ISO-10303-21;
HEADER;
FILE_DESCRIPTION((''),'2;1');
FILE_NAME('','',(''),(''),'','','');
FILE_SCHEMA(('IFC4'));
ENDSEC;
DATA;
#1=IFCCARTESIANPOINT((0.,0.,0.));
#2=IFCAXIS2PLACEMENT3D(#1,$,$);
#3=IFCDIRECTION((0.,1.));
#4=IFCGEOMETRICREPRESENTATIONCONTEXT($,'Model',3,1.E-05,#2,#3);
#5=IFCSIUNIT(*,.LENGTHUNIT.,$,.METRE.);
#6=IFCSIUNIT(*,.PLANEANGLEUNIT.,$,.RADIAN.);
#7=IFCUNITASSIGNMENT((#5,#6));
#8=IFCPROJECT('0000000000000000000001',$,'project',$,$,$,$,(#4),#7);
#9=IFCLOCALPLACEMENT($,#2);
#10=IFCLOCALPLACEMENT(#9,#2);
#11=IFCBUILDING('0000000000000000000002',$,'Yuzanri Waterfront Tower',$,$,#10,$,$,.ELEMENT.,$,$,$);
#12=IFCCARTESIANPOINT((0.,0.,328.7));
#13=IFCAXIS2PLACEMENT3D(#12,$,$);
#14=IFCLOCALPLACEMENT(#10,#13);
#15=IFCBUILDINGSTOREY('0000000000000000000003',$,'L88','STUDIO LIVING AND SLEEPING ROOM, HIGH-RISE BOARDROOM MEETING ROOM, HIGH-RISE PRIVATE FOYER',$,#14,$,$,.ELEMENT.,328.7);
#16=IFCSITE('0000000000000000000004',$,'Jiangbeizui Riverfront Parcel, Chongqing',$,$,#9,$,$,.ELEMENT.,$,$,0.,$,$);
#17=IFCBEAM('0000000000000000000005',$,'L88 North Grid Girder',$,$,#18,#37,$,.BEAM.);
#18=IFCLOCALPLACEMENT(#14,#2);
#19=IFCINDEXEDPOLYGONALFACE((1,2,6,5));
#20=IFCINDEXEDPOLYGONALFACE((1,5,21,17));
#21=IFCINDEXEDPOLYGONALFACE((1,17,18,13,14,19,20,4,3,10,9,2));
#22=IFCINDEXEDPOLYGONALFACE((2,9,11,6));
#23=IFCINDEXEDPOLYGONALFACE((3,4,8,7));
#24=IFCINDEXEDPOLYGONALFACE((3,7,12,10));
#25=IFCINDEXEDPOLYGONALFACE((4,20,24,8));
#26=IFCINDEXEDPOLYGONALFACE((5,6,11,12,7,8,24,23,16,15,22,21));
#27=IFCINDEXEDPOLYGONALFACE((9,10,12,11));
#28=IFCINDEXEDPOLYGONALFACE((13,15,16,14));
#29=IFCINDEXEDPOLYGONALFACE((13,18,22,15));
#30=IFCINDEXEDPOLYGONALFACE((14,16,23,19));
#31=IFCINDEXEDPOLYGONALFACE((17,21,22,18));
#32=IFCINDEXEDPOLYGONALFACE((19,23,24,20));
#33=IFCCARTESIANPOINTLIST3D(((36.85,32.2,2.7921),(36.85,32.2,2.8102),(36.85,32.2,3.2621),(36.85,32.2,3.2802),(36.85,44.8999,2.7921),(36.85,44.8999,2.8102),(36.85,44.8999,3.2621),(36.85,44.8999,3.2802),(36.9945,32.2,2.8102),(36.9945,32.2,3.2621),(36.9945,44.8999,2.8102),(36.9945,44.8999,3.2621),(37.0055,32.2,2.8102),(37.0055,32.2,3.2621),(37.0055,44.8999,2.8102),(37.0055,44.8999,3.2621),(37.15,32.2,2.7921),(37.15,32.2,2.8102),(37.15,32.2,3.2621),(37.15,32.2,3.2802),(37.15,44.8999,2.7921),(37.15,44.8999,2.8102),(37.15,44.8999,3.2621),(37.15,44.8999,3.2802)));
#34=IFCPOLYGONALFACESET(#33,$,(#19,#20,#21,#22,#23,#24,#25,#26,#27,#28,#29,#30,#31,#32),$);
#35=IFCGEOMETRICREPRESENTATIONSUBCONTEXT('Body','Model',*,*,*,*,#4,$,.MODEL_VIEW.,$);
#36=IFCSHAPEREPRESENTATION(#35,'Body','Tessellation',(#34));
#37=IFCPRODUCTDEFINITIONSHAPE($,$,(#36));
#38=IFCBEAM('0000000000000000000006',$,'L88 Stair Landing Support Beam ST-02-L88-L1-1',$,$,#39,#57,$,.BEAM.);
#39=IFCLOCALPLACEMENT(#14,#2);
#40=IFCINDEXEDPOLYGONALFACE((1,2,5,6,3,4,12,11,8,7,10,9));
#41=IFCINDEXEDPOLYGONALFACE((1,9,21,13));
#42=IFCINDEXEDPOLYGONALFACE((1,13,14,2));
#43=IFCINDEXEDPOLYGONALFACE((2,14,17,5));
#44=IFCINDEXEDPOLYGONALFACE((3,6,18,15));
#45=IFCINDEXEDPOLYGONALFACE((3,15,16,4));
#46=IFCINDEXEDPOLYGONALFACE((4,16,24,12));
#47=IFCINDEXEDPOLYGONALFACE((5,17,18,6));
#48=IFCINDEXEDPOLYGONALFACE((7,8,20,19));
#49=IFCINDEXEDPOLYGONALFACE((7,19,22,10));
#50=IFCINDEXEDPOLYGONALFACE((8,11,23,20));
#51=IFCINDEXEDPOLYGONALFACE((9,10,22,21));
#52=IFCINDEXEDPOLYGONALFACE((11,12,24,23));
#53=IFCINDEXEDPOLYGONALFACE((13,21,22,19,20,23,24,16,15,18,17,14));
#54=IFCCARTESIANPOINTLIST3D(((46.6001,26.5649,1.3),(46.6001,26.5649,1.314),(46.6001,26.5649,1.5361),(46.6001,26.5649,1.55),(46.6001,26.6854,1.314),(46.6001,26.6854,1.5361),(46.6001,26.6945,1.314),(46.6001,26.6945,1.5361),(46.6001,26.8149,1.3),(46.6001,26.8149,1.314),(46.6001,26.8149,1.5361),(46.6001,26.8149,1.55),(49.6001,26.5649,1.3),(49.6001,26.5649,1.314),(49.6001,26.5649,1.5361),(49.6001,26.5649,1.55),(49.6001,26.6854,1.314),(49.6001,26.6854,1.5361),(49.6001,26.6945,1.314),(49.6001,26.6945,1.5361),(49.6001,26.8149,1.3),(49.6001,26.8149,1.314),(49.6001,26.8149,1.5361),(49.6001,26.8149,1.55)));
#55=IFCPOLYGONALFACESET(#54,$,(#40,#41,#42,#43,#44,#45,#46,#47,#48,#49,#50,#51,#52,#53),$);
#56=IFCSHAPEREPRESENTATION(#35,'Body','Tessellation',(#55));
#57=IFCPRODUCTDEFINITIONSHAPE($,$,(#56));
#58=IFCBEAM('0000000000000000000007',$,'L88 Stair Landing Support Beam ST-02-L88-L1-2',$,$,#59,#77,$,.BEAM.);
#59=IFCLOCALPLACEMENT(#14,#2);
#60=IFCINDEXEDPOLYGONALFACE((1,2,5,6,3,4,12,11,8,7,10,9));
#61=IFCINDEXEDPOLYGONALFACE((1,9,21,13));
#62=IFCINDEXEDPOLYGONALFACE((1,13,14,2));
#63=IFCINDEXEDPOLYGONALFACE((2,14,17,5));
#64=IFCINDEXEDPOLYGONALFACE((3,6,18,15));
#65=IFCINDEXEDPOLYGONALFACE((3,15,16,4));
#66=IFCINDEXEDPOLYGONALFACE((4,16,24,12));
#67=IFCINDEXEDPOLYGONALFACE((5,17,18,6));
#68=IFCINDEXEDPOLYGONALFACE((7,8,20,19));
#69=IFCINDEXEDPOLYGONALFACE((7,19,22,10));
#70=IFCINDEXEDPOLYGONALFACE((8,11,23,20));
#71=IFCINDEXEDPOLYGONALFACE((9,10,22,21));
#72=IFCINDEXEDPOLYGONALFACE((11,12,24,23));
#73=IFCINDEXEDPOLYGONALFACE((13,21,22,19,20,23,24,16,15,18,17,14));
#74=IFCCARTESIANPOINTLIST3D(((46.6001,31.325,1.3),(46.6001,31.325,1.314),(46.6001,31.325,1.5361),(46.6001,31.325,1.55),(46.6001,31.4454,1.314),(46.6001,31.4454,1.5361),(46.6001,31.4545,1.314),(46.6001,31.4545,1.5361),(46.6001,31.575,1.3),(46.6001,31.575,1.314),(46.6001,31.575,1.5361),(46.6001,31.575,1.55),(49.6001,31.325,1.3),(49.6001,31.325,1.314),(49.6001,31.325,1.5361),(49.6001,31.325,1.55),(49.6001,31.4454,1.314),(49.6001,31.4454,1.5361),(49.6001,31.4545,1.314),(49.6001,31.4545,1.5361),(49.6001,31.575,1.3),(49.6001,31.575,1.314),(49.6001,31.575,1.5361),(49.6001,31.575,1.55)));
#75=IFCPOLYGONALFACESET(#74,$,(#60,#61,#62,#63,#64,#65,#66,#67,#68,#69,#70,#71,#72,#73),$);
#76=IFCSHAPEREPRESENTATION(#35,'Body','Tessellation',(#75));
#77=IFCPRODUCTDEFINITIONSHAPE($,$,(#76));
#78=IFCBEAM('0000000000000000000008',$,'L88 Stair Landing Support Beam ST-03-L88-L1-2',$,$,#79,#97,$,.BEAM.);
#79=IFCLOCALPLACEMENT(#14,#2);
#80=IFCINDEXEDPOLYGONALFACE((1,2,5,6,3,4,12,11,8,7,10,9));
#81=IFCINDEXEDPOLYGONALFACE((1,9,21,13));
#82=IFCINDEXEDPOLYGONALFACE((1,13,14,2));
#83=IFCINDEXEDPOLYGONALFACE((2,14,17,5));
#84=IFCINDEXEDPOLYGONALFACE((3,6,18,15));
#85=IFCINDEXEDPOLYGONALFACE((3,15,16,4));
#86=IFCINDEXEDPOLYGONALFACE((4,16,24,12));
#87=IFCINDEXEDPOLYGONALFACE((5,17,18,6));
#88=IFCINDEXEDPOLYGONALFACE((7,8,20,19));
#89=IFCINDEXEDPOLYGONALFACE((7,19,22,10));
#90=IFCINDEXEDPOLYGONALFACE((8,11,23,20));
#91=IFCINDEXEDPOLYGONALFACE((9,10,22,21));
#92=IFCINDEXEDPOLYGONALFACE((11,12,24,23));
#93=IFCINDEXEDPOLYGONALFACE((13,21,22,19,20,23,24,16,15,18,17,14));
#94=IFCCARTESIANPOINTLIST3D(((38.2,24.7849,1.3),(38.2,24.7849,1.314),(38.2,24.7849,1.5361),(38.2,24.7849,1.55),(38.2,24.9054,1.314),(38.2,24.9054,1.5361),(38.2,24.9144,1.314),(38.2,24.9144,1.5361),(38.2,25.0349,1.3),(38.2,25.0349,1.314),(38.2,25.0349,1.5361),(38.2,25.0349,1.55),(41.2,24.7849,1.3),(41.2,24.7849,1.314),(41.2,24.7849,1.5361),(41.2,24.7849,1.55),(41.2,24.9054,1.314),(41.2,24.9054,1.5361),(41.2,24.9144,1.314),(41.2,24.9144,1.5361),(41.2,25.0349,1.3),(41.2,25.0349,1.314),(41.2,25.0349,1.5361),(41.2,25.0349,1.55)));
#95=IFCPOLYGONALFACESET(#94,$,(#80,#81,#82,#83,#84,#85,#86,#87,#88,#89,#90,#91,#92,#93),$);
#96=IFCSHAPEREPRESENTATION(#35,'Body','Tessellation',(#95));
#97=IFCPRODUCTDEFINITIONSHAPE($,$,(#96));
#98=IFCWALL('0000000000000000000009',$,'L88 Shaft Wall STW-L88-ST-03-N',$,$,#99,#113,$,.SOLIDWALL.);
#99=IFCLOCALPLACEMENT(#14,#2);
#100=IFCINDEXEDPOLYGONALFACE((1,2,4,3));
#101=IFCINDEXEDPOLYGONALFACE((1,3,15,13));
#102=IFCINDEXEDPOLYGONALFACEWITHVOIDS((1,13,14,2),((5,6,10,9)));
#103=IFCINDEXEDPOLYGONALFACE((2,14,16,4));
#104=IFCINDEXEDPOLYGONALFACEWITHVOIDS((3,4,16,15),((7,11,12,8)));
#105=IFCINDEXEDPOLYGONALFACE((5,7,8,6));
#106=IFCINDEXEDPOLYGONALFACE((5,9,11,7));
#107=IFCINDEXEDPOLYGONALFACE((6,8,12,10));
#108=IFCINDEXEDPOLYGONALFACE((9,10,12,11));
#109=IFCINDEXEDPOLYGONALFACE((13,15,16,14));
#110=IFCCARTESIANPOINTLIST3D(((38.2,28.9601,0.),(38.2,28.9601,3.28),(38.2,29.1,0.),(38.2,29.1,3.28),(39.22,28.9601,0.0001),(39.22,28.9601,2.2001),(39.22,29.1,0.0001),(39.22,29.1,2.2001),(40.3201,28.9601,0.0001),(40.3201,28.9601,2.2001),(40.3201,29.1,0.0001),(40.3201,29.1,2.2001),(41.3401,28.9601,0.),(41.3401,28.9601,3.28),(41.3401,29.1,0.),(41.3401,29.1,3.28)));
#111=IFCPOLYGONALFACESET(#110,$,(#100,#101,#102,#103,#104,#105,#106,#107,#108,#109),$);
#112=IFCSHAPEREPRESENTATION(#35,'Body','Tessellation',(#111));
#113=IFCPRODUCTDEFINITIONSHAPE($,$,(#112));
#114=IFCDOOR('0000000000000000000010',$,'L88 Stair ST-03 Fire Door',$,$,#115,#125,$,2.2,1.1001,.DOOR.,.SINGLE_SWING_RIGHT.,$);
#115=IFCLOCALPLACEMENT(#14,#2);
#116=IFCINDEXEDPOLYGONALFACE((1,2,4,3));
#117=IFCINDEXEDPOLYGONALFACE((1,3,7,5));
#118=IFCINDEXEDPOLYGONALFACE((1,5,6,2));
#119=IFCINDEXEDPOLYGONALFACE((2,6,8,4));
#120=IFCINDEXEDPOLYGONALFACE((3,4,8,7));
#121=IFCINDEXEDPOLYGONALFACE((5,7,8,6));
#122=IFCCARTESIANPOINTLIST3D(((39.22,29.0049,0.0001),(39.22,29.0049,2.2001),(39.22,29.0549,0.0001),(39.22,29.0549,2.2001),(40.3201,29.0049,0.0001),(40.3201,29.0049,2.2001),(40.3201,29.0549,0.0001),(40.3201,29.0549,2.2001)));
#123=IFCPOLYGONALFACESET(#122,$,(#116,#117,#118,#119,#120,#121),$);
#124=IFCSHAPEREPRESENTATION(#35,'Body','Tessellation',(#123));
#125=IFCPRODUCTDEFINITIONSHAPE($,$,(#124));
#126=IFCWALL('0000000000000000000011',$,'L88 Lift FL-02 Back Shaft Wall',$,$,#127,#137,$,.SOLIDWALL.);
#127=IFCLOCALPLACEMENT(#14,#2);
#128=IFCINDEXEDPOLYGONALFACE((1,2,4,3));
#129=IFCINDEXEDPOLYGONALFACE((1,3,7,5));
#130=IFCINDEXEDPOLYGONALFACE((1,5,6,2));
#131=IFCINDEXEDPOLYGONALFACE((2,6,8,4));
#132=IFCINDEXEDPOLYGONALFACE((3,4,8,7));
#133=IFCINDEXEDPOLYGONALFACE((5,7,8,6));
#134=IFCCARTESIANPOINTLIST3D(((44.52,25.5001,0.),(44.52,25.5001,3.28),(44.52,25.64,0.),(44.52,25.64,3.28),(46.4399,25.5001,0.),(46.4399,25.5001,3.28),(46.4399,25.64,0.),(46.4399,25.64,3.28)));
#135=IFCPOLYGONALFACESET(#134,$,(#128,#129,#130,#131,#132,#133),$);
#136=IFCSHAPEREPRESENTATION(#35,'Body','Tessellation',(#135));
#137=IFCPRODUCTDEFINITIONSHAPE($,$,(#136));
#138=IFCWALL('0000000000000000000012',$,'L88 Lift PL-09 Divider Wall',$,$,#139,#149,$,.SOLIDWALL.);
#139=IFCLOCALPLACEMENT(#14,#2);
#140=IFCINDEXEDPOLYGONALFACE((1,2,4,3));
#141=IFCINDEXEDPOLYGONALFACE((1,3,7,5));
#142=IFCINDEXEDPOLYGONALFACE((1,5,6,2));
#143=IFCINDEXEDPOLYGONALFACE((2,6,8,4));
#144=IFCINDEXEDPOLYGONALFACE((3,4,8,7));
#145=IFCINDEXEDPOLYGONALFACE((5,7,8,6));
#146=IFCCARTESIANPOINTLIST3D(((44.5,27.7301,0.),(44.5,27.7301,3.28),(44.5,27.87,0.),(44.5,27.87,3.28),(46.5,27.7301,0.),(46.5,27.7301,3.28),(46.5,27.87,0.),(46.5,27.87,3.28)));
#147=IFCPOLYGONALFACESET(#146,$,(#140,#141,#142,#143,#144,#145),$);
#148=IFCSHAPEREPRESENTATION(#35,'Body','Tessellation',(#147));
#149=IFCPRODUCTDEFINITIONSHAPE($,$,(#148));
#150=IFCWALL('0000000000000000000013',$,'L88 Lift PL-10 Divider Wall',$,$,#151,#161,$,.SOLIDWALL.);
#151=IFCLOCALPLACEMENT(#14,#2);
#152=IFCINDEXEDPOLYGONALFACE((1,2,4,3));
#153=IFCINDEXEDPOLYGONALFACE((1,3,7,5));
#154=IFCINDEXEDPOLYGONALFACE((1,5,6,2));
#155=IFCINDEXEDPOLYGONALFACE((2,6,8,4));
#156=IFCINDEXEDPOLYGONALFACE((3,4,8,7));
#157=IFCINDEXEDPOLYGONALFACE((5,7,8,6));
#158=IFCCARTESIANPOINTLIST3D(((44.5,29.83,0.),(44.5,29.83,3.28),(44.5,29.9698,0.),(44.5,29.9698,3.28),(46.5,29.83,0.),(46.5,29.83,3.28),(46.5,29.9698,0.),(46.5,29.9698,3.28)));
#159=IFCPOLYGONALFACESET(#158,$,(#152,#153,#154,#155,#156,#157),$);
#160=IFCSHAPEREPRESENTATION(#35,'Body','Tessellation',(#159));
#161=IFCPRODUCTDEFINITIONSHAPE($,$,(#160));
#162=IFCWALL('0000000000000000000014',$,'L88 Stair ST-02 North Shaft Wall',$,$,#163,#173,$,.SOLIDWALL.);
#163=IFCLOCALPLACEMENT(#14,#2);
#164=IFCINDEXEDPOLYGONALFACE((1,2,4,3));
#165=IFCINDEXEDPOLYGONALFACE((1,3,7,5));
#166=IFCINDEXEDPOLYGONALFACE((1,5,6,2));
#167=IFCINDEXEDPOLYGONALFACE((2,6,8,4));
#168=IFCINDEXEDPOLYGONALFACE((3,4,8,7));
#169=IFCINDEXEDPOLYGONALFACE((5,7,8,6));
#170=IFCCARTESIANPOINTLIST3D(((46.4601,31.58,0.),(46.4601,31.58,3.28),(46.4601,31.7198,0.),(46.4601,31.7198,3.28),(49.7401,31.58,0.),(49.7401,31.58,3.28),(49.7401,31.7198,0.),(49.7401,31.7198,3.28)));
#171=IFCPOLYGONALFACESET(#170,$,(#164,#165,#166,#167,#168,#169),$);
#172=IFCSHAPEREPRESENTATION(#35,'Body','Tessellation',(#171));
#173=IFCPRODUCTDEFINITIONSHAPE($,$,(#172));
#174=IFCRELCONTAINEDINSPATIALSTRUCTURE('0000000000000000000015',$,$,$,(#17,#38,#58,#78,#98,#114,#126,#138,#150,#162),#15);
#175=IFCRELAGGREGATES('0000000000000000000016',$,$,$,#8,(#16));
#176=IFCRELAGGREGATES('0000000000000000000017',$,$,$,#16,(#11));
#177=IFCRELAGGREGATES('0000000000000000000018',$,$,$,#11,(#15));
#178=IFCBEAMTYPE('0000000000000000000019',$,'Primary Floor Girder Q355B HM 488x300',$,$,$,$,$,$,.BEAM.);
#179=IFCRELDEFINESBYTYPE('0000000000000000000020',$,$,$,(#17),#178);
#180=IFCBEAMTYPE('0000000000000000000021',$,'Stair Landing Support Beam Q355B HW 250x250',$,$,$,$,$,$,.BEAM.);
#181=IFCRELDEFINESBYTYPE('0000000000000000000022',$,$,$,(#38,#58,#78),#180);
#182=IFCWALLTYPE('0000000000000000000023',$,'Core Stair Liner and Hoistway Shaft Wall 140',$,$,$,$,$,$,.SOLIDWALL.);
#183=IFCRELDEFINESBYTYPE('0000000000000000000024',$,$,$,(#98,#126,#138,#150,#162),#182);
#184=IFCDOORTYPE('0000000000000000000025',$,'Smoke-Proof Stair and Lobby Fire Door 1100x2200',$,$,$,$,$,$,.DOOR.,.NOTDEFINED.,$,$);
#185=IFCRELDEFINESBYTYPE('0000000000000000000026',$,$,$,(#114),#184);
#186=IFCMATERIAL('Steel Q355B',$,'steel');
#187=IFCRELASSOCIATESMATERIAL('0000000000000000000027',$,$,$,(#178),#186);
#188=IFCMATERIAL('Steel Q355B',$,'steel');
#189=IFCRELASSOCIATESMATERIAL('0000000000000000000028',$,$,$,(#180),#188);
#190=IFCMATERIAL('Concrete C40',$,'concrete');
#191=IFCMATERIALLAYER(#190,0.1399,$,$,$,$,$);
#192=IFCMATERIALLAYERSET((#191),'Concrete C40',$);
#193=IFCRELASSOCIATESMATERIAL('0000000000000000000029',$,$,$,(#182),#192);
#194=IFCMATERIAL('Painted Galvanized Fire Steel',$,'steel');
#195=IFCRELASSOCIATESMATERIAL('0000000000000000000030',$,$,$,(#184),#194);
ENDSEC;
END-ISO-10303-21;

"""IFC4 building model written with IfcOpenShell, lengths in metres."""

from ifc_helpers import new_model, si_unit, direction, frame, frame_2d, origin, origin_2d, place, context, subcontext, project, spatial, rectangle, i_section, extrude, source, transform, mapped, material, layer, layer_set, material_profile, profile_set, type_object, element, fill, save


model = new_model("IFC4")

# Units and contexts
model_context = context("Model", 3, precision=1e-05, world=origin(), true_north=direction((0.0, 1.0)))
body_context = subcontext(model_context, "Body", "Model", "MODEL_VIEW")
ifc_project = project(units=[si_unit("LENGTHUNIT", "METRE"), si_unit("PLANEANGLEUNIT", "RADIAN")], contexts=[model_context])

# Site, building, storey
site_placement = place(None, origin())
site = spatial("IfcSite", under=ifc_project, at=site_placement, Name="Jiangbeizui Riverfront Parcel, Chongqing", CompositionType="ELEMENT", RefElevation=0.0)
building_placement = place(site_placement, origin())
building = spatial("IfcBuilding", under=site, at=building_placement, Name="Yuzanri Waterfront Tower", CompositionType="ELEMENT")
storey_placement = place(building_placement, frame((0.0, 0.0, 328.7)))
storey = spatial("IfcBuildingStorey", under=building, at=storey_placement, Name="L88", Description="STUDIO LIVING AND SLEEPING ROOM, HIGH-RISE BOARDROOM MEETING ROOM, HIGH-RISE PRIVATE FOYER", CompositionType="ELEMENT", Elevation=328.7)

# Beams
ifc_material_1 = material(Name="Steel Q355B", Category="steel")
ifc_material_profile_1 = material_profile(ifc_material_1, i_section(OverallWidth=0.3, OverallDepth=0.488, WebThickness=0.011, FlangeThickness=0.0181, at=origin_2d()), Name="HM 488x300x11x18")
ifc_profile_set_1 = profile_set([ifc_material_profile_1], Name="Steel Q355B")
beam_type_1 = type_object("IfcBeamType", Name="Primary Floor Girder Q355B HM 488x300", PredefinedType="BEAM", material=ifc_profile_set_1)
shared_shape_1 = source(origin(), body_context, "Body", "SweptSolid", [
    extrude(i_section(OverallWidth=0.3, OverallDepth=0.488, WebThickness=0.011, FlangeThickness=0.0181, at=origin_2d()), origin(), (0.0, 0.0, 1.0), 12.7),
])
beam_placement = place(storey_placement, frame((37.0, 32.2, 3.0361), z_axis=(0.0, 1.0, 0.0), x_axis=(-1.0, 0.0, 0.0)))
element("IfcBeam", 1, at=beam_placement, inside=storey, type_object=beam_type_1, Name="L88 North Grid Girder", PredefinedType="BEAM", context=body_context, shape_type="MappedRepresentation", body=[
    mapped(shared_shape_1, transform((0.0, 0.0, 0.0), scale=1.0)),
])
ifc_material_2 = material(Name="Steel Q355B", Category="steel")
ifc_material_profile_2 = material_profile(ifc_material_2, i_section(OverallWidth=0.25, OverallDepth=0.25, WebThickness=0.009, FlangeThickness=0.0139, at=origin_2d()), Name="HW 250x250x9x14")
ifc_profile_set_2 = profile_set([ifc_material_profile_2], Name="Steel Q355B")
beam_type_2 = type_object("IfcBeamType", Name="Stair Landing Support Beam Q355B HW 250x250", PredefinedType="BEAM", material=ifc_profile_set_2)
shared_shape_2 = source(origin(), body_context, "Body", "SweptSolid", [
    extrude(i_section(OverallWidth=0.25, OverallDepth=0.25, WebThickness=0.009, FlangeThickness=0.0139, at=origin_2d()), origin(), (0.0, 0.0, 1.0), 3.0),
])
for number, where, z_axis, x_axis, name in (
    (2, (46.6001, 26.6899, 1.425), (1.0, 0.0, 0.0), (0.0, 1.0, 0.0), "L88 Stair Landing Support Beam ST-02-L88-L1-1"),
    (3, (46.6001, 31.45, 1.425), (1.0, 0.0, 0.0), (0.0, 1.0, 0.0), "L88 Stair Landing Support Beam ST-02-L88-L1-2"),
    (4, (38.2, 24.9099, 1.425), (1.0, 0.0, 0.0), (0.0, 1.0, 0.0), "L88 Stair Landing Support Beam ST-03-L88-L1-2"),
):
    element("IfcBeam", number, at=place(storey_placement, frame(where, z_axis=z_axis, x_axis=x_axis)), inside=storey, type_object=beam_type_2, Name=name, PredefinedType="BEAM", context=body_context, shape_type="MappedRepresentation", body=[
        mapped(shared_shape_2, transform((0.0, 0.0, 0.0), scale=1.0)),
    ])

# Wall, opening, door
ifc_material_3 = material(Name="Concrete C40", Category="concrete")
ifc_layer_1 = layer(ifc_material_3, 0.1399)
ifc_layer_set_1 = layer_set([ifc_layer_1], Name="Concrete C40")
wall_type_1 = type_object("IfcWallType", Name="Core Stair Liner and Hoistway Shaft Wall 140", PredefinedType="SOLIDWALL", material=ifc_layer_set_1)
wall_1_placement = place(storey_placement, frame((38.2, 29.03, 0.0), z_axis=(0.0, 0.0, 1.0), x_axis=(1.0, 0.0, 0.0)))
wall_1 = element("IfcWall", 5, at=wall_1_placement, inside=storey, type_object=wall_type_1, Name="L88 Shaft Wall STW-L88-ST-03-N", PredefinedType="SOLIDWALL", context=body_context, shape_type="SweptSolid", body=[
    extrude(rectangle(XDim=3.1401, YDim=0.1399, at=frame_2d((1.5701, 0.0))), origin(), (0.0, 0.0, 1.0), 3.28),
])
opening_placement = place(wall_1_placement, frame((1.02, 0.0, 0.0)))
opening = element("IfcOpeningElement", 6, at=opening_placement, cuts=wall_1, PredefinedType="OPENING", context=body_context, shape_type="SweptSolid", body=[
    extrude(rectangle(XDim=1.1001, YDim=2.2, at=frame_2d((0.55, 1.1001))), frame((0.0, 0.085, 0.0), z_axis=(0.0, -1.0, 0.0), x_axis=(1.0, 0.0, 0.0)), (0.0, 0.0, 1.0), 0.1697),
])
ifc_material_4 = material(Name="Painted Galvanized Fire Steel", Category="steel")
door_type = type_object("IfcDoorType", Name="Smoke-Proof Stair and Lobby Fire Door 1100x2200", OperationType="NOTDEFINED", PredefinedType="DOOR", material=ifc_material_4)
shared_shape_3 = source(origin(), body_context, "Body", "SweptSolid", [
    extrude(rectangle(XDim=1.1001, YDim=2.2, at=frame_2d((0.55, 1.1001))), frame((0.0, 0.0249, 0.0), z_axis=(0.0, -1.0, 0.0), x_axis=(1.0, 0.0, 0.0)), (0.0, 0.0, 1.0), 0.05),
])
door_placement = place(opening_placement, origin())
door = element("IfcDoor", 7, at=door_placement, inside=storey, type_object=door_type, Name="L88 Stair ST-03 Fire Door", OperationType="SINGLE_SWING_RIGHT", OverallHeight=2.2, OverallWidth=1.1001, PredefinedType="DOOR", context=body_context, shape_type="MappedRepresentation", body=[
    mapped(shared_shape_3, transform((0.0, 0.0, 0.0), scale=1.0)),
])
fill(opening, door)

# Walls
shared_shape_4 = source(origin(), body_context, "Body", "SweptSolid", [
    extrude(rectangle(XDim=1.9199, YDim=0.1399, at=frame_2d((0.96, 0.0))), origin(), (0.0, 0.0, 1.0), 3.28),
])
wall_2_placement = place(storey_placement, frame((44.52, 25.5701, 0.0), z_axis=(0.0, 0.0, 1.0), x_axis=(1.0, 0.0, 0.0)))
element("IfcWall", 8, at=wall_2_placement, inside=storey, type_object=wall_type_1, Name="L88 Lift FL-02 Back Shaft Wall", PredefinedType="SOLIDWALL", context=body_context, shape_type="MappedRepresentation", body=[
    mapped(shared_shape_4, transform((0.0, 0.0, 0.0), scale=1.0)),
])
shared_shape_5 = source(origin(), body_context, "Body", "SweptSolid", [
    extrude(rectangle(XDim=2.0, YDim=0.1399, at=frame_2d((1.0, 0.0))), origin(), (0.0, 0.0, 1.0), 3.28),
])
for number, where, z_axis, x_axis, name in (
    (9, (44.5, 27.8, 0.0), (0.0, 0.0, 1.0), (1.0, 0.0, 0.0), "L88 Lift PL-09 Divider Wall"),
    (10, (44.5, 29.8999, 0.0), (0.0, 0.0, 1.0), (1.0, 0.0, 0.0), "L88 Lift PL-10 Divider Wall"),
):
    element("IfcWall", number, at=place(storey_placement, frame(where, z_axis=z_axis, x_axis=x_axis)), inside=storey, type_object=wall_type_1, Name=name, PredefinedType="SOLIDWALL", context=body_context, shape_type="MappedRepresentation", body=[
        mapped(shared_shape_5, transform((0.0, 0.0, 0.0), scale=1.0)),
    ])
shared_shape_6 = source(origin(), body_context, "Body", "SweptSolid", [
    extrude(rectangle(XDim=3.28, YDim=0.1399, at=frame_2d((1.6401, 0.0))), origin(), (0.0, 0.0, 1.0), 3.28),
])
wall_3_placement = place(storey_placement, frame((46.46, 31.6499, 0.0), z_axis=(0.0, 0.0, 1.0), x_axis=(1.0, 0.0, 0.0)))
element("IfcWall", 11, at=wall_3_placement, inside=storey, type_object=wall_type_1, Name="L88 Stair ST-02 North Shaft Wall", PredefinedType="SOLIDWALL", context=body_context, shape_type="MappedRepresentation", body=[
    mapped(shared_shape_6, transform((0.0, 0.0, 0.0), scale=1.0)),
])

save(model, "model.ifc")
